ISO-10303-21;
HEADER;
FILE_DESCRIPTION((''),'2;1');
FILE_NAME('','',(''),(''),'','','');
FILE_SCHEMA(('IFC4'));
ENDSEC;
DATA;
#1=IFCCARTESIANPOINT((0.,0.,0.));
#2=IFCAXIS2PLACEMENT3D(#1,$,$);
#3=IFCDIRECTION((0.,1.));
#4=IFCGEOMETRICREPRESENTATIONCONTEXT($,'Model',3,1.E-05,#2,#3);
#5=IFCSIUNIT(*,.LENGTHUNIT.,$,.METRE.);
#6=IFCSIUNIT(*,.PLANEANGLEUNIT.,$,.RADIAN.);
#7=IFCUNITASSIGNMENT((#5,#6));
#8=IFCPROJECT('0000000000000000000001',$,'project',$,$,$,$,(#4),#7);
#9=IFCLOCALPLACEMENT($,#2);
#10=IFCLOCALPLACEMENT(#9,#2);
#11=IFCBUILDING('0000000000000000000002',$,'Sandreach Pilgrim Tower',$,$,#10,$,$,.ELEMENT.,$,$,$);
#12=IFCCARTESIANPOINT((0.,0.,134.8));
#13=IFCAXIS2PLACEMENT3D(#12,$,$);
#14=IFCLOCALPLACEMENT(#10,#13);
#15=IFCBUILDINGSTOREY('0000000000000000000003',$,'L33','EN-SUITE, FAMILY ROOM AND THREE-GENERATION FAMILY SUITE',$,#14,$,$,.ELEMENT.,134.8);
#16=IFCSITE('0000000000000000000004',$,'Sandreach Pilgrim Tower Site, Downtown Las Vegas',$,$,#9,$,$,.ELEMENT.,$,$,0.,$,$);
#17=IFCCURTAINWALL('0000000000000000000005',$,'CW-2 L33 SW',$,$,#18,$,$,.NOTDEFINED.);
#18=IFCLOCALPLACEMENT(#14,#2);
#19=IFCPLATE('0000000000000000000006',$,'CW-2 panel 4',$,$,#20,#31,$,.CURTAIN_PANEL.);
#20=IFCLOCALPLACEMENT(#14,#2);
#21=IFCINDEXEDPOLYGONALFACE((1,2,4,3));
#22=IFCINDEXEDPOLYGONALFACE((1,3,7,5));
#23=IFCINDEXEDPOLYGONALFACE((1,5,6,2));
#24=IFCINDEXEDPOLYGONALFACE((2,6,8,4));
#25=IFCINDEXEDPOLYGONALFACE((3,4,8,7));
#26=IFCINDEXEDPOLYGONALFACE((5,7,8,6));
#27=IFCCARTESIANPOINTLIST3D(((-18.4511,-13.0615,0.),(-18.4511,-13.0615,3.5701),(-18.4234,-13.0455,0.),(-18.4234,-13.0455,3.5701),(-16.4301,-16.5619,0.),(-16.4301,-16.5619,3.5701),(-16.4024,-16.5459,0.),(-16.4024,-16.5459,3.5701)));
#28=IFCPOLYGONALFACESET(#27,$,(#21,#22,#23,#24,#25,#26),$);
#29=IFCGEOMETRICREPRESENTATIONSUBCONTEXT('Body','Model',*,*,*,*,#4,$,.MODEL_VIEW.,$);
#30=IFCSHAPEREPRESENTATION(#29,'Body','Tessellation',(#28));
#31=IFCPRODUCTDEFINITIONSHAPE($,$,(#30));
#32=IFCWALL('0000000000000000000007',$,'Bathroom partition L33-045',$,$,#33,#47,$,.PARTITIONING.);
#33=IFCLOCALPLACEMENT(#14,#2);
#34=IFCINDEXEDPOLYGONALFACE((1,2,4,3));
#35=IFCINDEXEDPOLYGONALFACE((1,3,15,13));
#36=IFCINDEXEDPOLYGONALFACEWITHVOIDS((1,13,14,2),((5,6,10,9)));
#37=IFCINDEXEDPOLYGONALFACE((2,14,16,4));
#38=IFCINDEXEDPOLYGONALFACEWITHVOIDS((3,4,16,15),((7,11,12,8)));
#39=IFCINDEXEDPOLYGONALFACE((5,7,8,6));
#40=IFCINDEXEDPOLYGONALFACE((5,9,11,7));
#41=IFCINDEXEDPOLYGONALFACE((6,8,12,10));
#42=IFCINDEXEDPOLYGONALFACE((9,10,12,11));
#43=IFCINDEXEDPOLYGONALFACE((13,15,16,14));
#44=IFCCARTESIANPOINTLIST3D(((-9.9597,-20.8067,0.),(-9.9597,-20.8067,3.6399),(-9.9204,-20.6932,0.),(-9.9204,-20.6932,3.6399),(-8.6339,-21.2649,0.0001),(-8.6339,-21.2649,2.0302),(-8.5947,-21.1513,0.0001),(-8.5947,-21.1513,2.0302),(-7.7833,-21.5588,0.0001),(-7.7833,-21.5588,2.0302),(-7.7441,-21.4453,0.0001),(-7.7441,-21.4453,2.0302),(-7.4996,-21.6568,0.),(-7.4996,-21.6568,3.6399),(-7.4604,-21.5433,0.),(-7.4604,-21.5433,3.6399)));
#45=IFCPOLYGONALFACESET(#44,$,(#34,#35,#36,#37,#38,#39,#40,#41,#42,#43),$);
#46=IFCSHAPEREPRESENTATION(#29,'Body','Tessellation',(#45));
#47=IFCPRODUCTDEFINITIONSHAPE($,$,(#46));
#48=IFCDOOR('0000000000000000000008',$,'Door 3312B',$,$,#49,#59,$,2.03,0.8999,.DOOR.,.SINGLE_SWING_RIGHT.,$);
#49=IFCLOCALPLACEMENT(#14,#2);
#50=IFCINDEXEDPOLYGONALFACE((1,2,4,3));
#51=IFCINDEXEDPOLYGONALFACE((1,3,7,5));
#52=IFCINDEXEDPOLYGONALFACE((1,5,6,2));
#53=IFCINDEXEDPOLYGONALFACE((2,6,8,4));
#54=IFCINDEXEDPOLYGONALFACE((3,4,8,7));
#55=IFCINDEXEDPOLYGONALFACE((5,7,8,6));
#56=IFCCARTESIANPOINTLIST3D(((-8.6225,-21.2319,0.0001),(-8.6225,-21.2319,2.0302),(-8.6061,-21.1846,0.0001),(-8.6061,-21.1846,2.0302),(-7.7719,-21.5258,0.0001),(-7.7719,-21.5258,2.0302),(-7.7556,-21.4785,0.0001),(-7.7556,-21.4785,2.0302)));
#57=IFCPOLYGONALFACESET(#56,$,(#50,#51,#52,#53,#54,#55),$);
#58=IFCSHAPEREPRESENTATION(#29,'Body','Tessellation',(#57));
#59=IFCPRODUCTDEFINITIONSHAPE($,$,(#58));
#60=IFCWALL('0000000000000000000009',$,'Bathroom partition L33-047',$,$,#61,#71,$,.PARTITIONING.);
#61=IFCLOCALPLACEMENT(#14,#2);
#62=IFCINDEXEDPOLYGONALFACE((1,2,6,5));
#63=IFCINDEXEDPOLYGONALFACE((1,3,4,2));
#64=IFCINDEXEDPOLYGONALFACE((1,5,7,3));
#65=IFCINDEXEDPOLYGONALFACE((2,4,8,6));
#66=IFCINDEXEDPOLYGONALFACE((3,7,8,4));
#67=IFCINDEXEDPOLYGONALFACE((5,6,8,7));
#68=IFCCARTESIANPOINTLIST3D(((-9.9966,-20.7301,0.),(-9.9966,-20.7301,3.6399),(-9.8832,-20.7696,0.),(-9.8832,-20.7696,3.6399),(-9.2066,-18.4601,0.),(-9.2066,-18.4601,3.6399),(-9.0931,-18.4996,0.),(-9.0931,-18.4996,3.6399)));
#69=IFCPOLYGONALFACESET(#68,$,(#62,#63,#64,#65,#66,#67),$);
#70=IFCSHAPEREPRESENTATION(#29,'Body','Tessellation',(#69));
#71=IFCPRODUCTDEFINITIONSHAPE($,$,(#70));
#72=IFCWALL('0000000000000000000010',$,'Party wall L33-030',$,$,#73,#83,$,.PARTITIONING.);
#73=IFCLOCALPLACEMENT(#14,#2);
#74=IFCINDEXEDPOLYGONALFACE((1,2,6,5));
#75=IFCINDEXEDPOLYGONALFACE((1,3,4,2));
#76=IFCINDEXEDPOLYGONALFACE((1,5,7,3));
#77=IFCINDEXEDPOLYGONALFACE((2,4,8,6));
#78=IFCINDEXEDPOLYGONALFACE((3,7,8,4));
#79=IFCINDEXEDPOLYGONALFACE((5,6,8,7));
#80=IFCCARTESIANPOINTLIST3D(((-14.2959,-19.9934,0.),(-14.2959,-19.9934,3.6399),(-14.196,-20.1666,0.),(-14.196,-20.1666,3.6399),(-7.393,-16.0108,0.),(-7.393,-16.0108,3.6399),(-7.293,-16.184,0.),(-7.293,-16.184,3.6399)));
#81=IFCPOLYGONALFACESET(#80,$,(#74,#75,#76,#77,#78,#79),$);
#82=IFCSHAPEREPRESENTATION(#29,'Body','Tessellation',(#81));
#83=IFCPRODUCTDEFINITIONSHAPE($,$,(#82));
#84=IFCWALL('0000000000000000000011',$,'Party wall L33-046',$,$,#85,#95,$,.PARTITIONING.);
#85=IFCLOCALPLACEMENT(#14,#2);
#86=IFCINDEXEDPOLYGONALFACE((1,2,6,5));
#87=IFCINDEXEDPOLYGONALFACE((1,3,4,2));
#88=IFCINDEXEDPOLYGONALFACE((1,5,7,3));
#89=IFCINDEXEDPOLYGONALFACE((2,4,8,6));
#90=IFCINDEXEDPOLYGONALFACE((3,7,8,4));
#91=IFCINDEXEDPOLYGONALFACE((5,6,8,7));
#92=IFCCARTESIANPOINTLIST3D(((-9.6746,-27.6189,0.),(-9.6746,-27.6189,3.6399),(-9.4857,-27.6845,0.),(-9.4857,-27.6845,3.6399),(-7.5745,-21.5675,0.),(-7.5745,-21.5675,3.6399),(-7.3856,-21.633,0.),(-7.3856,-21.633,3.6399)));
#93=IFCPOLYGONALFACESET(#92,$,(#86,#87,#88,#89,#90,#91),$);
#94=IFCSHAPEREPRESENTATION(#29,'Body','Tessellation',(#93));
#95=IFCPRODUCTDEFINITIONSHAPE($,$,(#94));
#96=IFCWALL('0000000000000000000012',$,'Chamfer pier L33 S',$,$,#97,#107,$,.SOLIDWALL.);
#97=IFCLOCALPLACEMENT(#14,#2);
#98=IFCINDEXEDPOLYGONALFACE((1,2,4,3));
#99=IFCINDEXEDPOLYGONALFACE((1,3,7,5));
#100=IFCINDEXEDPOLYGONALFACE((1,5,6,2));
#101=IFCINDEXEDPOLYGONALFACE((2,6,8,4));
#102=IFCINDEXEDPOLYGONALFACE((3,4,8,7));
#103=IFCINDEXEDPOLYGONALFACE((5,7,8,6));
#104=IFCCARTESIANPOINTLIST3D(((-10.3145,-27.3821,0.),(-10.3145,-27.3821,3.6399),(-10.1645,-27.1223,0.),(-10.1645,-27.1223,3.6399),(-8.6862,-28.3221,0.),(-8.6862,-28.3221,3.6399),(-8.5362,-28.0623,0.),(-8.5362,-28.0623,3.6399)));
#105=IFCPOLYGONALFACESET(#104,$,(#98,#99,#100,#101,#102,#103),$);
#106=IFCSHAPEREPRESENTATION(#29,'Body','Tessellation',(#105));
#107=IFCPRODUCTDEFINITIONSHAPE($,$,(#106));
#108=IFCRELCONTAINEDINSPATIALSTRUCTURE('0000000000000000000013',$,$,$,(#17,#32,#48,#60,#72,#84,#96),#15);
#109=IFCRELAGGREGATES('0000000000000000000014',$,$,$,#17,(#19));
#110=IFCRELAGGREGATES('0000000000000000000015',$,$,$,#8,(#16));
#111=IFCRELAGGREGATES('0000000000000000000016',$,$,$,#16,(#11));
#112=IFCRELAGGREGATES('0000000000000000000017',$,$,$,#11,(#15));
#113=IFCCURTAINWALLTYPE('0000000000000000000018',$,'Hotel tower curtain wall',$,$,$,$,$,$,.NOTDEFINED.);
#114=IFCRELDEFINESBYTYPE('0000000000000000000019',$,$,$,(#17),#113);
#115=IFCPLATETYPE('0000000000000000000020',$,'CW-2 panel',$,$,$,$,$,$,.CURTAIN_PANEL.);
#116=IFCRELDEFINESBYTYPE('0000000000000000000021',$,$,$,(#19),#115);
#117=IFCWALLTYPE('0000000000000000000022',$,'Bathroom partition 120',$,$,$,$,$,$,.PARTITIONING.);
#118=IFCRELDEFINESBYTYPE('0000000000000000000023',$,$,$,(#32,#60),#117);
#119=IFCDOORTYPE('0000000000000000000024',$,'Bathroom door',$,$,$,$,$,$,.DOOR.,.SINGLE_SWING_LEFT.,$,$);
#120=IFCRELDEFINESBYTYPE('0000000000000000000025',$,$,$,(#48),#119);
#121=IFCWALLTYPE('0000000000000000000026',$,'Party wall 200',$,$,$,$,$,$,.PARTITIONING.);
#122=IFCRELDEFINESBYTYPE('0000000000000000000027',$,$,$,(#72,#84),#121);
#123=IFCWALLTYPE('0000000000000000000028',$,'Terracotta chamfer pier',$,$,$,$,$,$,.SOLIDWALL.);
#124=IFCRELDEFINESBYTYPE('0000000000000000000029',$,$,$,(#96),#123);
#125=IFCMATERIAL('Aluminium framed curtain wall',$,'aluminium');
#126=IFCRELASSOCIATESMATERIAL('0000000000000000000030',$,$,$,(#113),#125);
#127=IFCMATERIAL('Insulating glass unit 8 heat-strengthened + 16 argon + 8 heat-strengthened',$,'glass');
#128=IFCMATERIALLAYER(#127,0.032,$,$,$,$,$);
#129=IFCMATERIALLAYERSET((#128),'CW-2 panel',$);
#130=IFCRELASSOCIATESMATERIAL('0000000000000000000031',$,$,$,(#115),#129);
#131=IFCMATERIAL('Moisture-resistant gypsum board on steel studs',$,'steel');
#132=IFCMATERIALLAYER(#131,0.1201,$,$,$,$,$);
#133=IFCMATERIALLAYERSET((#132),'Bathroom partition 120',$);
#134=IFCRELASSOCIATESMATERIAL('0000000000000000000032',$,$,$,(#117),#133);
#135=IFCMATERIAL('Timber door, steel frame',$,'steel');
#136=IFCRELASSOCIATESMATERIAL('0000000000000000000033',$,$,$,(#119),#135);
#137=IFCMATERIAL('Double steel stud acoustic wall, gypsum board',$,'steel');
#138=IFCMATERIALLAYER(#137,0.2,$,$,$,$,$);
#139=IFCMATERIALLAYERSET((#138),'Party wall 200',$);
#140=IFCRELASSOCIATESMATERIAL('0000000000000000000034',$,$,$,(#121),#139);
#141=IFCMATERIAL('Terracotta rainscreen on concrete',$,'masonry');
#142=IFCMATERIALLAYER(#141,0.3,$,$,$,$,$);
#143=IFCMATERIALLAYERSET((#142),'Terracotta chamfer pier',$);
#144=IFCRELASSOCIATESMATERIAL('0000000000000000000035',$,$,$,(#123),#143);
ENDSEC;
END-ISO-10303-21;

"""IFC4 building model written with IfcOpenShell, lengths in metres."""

from ifc_helpers import new_model, si_unit, direction, frame, frame_2d, origin, origin_2d, place, context, subcontext, project, spatial, rectangle, extrude, material, layer, layer_set, type_object, element, fill, aggregate, save


model = new_model("IFC4")

# Units and contexts
model_context = context("Model", 3, precision=1e-05, world=origin(), true_north=direction((0.0, 1.0)))
body_context = subcontext(model_context, "Body", "Model", "MODEL_VIEW")
ifc_project = project(units=[si_unit("LENGTHUNIT", "METRE"), si_unit("PLANEANGLEUNIT", "RADIAN")], contexts=[model_context])

# Site, building, storey
site_placement = place(None, origin())
site = spatial("IfcSite", under=ifc_project, at=site_placement, Name="Sandreach Pilgrim Tower Site, Downtown Las Vegas", CompositionType="ELEMENT", RefElevation=0.0)
building_placement = place(site_placement, origin())
building = spatial("IfcBuilding", under=site, at=building_placement, Name="Sandreach Pilgrim Tower", CompositionType="ELEMENT")
storey_placement = place(building_placement, frame((0.0, 0.0, 134.8)))
storey = spatial("IfcBuildingStorey", under=building, at=storey_placement, Name="L33", Description="EN-SUITE, FAMILY ROOM AND THREE-GENERATION FAMILY SUITE", CompositionType="ELEMENT", Elevation=134.8)

# Curtain wall
ifc_material_1 = material(Name="Aluminium framed curtain wall", Category="aluminium")
curtain_wall_type = type_object("IfcCurtainWallType", Name="Hotel tower curtain wall", PredefinedType="NOTDEFINED", material=ifc_material_1)
curtain_wall_placement = place(storey_placement, origin())
curtain_wall = element("IfcCurtainWall", 1, at=curtain_wall_placement, inside=storey, type_object=curtain_wall_type, Name="CW-2 L33 SW", PredefinedType="NOTDEFINED")

# Plate
ifc_material_2 = material(Name="Insulating glass unit 8 heat-strengthened + 16 argon + 8 heat-strengthened", Category="glass")
ifc_layer_1 = layer(ifc_material_2, 0.032)
ifc_layer_set_1 = layer_set([ifc_layer_1], Name="CW-2 panel")
plate_type = type_object("IfcPlateType", Name="CW-2 panel", PredefinedType="CURTAIN_PANEL", material=ifc_layer_set_1)
plate_1_placement = place(storey_placement, frame((-17.4268, -14.8037, 0.0), z_axis=(0.0, 0.0, 1.0), x_axis=(-0.5, 0.866025, 0.0)))
plate_1 = element("IfcPlate", 2, at=plate_1_placement, type_object=plate_type, Name="CW-2 panel 4", PredefinedType="CURTAIN_PANEL", context=body_context, shape_type="SweptSolid", body=[
    extrude(rectangle(XDim=4.042, YDim=0.032, at=origin_2d()), origin(), (0.0, 0.0, 1.0), 3.5701),
])
aggregate(curtain_wall, [plate_1])

# Wall, opening, door
ifc_material_3 = material(Name="Moisture-resistant gypsum board on steel studs", Category="steel")
ifc_layer_2 = layer(ifc_material_3, 0.1201)
ifc_layer_set_2 = layer_set([ifc_layer_2], Name="Bathroom partition 120")
wall_type_1 = type_object("IfcWallType", Name="Bathroom partition 120", PredefinedType="PARTITIONING", material=ifc_layer_set_2)
wall_1_placement = place(storey_placement, frame((-9.9399, -20.75, 0.0), z_axis=(0.0, 0.0, 1.0), x_axis=(0.945155, -0.326621, 0.0)))
wall_1 = element("IfcWall", 3, at=wall_1_placement, inside=storey, type_object=wall_type_1, Name="Bathroom partition L33-045", PredefinedType="PARTITIONING", context=body_context, shape_type="SweptSolid", body=[
    extrude(rectangle(XDim=2.6028, YDim=0.1201, at=frame_2d((1.3013, 0.0))), origin(), (0.0, 0.0, 1.0), 3.6399),
])
opening_placement = place(wall_1_placement, frame((1.4026, 0.0, 0.0)))
opening = element("IfcOpeningElement", 4, at=opening_placement, cuts=wall_1, PredefinedType="OPENING", context=body_context, shape_type="SweptSolid", body=[
    extrude(rectangle(XDim=0.8999, YDim=2.03, at=frame_2d((0.45, 1.0151))), frame((0.0, 0.0601, 0.0), z_axis=(0.0, -1.0, 0.0), x_axis=(1.0, 0.0, 0.0)), (0.0, 0.0, 1.0), 0.1201),
])
ifc_material_4 = material(Name="Timber door, steel frame", Category="steel")
door_type = type_object("IfcDoorType", Name="Bathroom door", OperationType="SINGLE_SWING_LEFT", PredefinedType="DOOR", material=ifc_material_4)
door_placement = place(opening_placement, origin())
door = element("IfcDoor", 5, at=door_placement, inside=storey, type_object=door_type, Name="Door 3312B", OperationType="SINGLE_SWING_RIGHT", OverallHeight=2.03, OverallWidth=0.8999, PredefinedType="DOOR", context=body_context, shape_type="SweptSolid", body=[
    extrude(rectangle(XDim=0.8999, YDim=2.03, at=frame_2d((0.45, 1.0151))), frame((0.0, 0.0249, 0.0), z_axis=(0.0, -1.0, 0.0), x_axis=(1.0, 0.0, 0.0)), (0.0, 0.0, 1.0), 0.05),
])
fill(opening, door)

# Walls
wall_2_placement = place(storey_placement, frame((-9.1499, -18.48, 0.0), z_axis=(0.0, 0.0, 1.0), x_axis=(-0.328694, -0.944436, 0.0)))
element("IfcWall", 6, at=wall_2_placement, inside=storey, type_object=wall_type_1, Name="Bathroom partition L33-047", PredefinedType="PARTITIONING", context=body_context, shape_type="SweptSolid", body=[
    extrude(rectangle(XDim=2.4036, YDim=0.1201, at=frame_2d((1.2017, 0.0))), origin(), (0.0, 0.0, 1.0), 3.6399),
])
ifc_material_5 = material(Name="Double steel stud acoustic wall, gypsum board", Category="steel")
ifc_layer_3 = layer(ifc_material_5, 0.2)
ifc_layer_set_3 = layer_set([ifc_layer_3], Name="Party wall 200")
wall_type_2 = type_object("IfcWallType", Name="Party wall 200", PredefinedType="PARTITIONING", material=ifc_layer_set_3)
wall_3_placement = place(storey_placement, frame((-14.2461, -20.0801, 0.0), z_axis=(0.0, 0.0, 1.0), x_axis=(0.866179, 0.499734, 0.0)))
element("IfcWall", 7, at=wall_3_placement, inside=storey, type_object=wall_type_2, Name="Party wall L33-030", PredefinedType="PARTITIONING", context=body_context, shape_type="SweptSolid", body=[
    extrude(rectangle(XDim=7.9695, YDim=0.2, at=frame_2d((3.9849, 0.0))), origin(), (0.0, 0.0, 1.0), 3.6399),
])
wall_4_placement = place(storey_placement, frame((-9.5801, -27.6516, 0.0), z_axis=(0.0, 0.0, 1.0), x_axis=(0.327855, 0.944728, 0.0)))
element("IfcWall", 8, at=wall_4_placement, inside=storey, type_object=wall_type_2, Name="Party wall L33-046", PredefinedType="PARTITIONING", context=body_context, shape_type="SweptSolid", body=[
    extrude(rectangle(XDim=6.4055, YDim=0.2, at=frame_2d((3.2026, 0.0))), origin(), (0.0, 0.0, 1.0), 3.6399),
])
ifc_material_6 = material(Name="Terracotta rainscreen on concrete", Category="masonry")
ifc_layer_4 = layer(ifc_material_6, 0.3)
ifc_layer_set_4 = layer_set([ifc_layer_4], Name="Terracotta chamfer pier")
wall_type_3 = type_object("IfcWallType", Name="Terracotta chamfer pier", PredefinedType="SOLIDWALL", material=ifc_layer_set_4)
wall_5_placement = place(storey_placement, frame((-8.6113, -28.1921, 0.0), z_axis=(0.0, 0.0, 1.0), x_axis=(-0.866045, 0.499966, 0.0)))
element("IfcWall", 9, at=wall_5_placement, inside=storey, type_object=wall_type_3, Name="Chamfer pier L33 S", PredefinedType="SOLIDWALL", context=body_context, shape_type="SweptSolid", body=[
    extrude(rectangle(XDim=1.8801, YDim=0.3, at=frame_2d((0.9399, 0.0))), origin(), (0.0, 0.0, 1.0), 3.6399),
])

save(model, "model.ifc")
